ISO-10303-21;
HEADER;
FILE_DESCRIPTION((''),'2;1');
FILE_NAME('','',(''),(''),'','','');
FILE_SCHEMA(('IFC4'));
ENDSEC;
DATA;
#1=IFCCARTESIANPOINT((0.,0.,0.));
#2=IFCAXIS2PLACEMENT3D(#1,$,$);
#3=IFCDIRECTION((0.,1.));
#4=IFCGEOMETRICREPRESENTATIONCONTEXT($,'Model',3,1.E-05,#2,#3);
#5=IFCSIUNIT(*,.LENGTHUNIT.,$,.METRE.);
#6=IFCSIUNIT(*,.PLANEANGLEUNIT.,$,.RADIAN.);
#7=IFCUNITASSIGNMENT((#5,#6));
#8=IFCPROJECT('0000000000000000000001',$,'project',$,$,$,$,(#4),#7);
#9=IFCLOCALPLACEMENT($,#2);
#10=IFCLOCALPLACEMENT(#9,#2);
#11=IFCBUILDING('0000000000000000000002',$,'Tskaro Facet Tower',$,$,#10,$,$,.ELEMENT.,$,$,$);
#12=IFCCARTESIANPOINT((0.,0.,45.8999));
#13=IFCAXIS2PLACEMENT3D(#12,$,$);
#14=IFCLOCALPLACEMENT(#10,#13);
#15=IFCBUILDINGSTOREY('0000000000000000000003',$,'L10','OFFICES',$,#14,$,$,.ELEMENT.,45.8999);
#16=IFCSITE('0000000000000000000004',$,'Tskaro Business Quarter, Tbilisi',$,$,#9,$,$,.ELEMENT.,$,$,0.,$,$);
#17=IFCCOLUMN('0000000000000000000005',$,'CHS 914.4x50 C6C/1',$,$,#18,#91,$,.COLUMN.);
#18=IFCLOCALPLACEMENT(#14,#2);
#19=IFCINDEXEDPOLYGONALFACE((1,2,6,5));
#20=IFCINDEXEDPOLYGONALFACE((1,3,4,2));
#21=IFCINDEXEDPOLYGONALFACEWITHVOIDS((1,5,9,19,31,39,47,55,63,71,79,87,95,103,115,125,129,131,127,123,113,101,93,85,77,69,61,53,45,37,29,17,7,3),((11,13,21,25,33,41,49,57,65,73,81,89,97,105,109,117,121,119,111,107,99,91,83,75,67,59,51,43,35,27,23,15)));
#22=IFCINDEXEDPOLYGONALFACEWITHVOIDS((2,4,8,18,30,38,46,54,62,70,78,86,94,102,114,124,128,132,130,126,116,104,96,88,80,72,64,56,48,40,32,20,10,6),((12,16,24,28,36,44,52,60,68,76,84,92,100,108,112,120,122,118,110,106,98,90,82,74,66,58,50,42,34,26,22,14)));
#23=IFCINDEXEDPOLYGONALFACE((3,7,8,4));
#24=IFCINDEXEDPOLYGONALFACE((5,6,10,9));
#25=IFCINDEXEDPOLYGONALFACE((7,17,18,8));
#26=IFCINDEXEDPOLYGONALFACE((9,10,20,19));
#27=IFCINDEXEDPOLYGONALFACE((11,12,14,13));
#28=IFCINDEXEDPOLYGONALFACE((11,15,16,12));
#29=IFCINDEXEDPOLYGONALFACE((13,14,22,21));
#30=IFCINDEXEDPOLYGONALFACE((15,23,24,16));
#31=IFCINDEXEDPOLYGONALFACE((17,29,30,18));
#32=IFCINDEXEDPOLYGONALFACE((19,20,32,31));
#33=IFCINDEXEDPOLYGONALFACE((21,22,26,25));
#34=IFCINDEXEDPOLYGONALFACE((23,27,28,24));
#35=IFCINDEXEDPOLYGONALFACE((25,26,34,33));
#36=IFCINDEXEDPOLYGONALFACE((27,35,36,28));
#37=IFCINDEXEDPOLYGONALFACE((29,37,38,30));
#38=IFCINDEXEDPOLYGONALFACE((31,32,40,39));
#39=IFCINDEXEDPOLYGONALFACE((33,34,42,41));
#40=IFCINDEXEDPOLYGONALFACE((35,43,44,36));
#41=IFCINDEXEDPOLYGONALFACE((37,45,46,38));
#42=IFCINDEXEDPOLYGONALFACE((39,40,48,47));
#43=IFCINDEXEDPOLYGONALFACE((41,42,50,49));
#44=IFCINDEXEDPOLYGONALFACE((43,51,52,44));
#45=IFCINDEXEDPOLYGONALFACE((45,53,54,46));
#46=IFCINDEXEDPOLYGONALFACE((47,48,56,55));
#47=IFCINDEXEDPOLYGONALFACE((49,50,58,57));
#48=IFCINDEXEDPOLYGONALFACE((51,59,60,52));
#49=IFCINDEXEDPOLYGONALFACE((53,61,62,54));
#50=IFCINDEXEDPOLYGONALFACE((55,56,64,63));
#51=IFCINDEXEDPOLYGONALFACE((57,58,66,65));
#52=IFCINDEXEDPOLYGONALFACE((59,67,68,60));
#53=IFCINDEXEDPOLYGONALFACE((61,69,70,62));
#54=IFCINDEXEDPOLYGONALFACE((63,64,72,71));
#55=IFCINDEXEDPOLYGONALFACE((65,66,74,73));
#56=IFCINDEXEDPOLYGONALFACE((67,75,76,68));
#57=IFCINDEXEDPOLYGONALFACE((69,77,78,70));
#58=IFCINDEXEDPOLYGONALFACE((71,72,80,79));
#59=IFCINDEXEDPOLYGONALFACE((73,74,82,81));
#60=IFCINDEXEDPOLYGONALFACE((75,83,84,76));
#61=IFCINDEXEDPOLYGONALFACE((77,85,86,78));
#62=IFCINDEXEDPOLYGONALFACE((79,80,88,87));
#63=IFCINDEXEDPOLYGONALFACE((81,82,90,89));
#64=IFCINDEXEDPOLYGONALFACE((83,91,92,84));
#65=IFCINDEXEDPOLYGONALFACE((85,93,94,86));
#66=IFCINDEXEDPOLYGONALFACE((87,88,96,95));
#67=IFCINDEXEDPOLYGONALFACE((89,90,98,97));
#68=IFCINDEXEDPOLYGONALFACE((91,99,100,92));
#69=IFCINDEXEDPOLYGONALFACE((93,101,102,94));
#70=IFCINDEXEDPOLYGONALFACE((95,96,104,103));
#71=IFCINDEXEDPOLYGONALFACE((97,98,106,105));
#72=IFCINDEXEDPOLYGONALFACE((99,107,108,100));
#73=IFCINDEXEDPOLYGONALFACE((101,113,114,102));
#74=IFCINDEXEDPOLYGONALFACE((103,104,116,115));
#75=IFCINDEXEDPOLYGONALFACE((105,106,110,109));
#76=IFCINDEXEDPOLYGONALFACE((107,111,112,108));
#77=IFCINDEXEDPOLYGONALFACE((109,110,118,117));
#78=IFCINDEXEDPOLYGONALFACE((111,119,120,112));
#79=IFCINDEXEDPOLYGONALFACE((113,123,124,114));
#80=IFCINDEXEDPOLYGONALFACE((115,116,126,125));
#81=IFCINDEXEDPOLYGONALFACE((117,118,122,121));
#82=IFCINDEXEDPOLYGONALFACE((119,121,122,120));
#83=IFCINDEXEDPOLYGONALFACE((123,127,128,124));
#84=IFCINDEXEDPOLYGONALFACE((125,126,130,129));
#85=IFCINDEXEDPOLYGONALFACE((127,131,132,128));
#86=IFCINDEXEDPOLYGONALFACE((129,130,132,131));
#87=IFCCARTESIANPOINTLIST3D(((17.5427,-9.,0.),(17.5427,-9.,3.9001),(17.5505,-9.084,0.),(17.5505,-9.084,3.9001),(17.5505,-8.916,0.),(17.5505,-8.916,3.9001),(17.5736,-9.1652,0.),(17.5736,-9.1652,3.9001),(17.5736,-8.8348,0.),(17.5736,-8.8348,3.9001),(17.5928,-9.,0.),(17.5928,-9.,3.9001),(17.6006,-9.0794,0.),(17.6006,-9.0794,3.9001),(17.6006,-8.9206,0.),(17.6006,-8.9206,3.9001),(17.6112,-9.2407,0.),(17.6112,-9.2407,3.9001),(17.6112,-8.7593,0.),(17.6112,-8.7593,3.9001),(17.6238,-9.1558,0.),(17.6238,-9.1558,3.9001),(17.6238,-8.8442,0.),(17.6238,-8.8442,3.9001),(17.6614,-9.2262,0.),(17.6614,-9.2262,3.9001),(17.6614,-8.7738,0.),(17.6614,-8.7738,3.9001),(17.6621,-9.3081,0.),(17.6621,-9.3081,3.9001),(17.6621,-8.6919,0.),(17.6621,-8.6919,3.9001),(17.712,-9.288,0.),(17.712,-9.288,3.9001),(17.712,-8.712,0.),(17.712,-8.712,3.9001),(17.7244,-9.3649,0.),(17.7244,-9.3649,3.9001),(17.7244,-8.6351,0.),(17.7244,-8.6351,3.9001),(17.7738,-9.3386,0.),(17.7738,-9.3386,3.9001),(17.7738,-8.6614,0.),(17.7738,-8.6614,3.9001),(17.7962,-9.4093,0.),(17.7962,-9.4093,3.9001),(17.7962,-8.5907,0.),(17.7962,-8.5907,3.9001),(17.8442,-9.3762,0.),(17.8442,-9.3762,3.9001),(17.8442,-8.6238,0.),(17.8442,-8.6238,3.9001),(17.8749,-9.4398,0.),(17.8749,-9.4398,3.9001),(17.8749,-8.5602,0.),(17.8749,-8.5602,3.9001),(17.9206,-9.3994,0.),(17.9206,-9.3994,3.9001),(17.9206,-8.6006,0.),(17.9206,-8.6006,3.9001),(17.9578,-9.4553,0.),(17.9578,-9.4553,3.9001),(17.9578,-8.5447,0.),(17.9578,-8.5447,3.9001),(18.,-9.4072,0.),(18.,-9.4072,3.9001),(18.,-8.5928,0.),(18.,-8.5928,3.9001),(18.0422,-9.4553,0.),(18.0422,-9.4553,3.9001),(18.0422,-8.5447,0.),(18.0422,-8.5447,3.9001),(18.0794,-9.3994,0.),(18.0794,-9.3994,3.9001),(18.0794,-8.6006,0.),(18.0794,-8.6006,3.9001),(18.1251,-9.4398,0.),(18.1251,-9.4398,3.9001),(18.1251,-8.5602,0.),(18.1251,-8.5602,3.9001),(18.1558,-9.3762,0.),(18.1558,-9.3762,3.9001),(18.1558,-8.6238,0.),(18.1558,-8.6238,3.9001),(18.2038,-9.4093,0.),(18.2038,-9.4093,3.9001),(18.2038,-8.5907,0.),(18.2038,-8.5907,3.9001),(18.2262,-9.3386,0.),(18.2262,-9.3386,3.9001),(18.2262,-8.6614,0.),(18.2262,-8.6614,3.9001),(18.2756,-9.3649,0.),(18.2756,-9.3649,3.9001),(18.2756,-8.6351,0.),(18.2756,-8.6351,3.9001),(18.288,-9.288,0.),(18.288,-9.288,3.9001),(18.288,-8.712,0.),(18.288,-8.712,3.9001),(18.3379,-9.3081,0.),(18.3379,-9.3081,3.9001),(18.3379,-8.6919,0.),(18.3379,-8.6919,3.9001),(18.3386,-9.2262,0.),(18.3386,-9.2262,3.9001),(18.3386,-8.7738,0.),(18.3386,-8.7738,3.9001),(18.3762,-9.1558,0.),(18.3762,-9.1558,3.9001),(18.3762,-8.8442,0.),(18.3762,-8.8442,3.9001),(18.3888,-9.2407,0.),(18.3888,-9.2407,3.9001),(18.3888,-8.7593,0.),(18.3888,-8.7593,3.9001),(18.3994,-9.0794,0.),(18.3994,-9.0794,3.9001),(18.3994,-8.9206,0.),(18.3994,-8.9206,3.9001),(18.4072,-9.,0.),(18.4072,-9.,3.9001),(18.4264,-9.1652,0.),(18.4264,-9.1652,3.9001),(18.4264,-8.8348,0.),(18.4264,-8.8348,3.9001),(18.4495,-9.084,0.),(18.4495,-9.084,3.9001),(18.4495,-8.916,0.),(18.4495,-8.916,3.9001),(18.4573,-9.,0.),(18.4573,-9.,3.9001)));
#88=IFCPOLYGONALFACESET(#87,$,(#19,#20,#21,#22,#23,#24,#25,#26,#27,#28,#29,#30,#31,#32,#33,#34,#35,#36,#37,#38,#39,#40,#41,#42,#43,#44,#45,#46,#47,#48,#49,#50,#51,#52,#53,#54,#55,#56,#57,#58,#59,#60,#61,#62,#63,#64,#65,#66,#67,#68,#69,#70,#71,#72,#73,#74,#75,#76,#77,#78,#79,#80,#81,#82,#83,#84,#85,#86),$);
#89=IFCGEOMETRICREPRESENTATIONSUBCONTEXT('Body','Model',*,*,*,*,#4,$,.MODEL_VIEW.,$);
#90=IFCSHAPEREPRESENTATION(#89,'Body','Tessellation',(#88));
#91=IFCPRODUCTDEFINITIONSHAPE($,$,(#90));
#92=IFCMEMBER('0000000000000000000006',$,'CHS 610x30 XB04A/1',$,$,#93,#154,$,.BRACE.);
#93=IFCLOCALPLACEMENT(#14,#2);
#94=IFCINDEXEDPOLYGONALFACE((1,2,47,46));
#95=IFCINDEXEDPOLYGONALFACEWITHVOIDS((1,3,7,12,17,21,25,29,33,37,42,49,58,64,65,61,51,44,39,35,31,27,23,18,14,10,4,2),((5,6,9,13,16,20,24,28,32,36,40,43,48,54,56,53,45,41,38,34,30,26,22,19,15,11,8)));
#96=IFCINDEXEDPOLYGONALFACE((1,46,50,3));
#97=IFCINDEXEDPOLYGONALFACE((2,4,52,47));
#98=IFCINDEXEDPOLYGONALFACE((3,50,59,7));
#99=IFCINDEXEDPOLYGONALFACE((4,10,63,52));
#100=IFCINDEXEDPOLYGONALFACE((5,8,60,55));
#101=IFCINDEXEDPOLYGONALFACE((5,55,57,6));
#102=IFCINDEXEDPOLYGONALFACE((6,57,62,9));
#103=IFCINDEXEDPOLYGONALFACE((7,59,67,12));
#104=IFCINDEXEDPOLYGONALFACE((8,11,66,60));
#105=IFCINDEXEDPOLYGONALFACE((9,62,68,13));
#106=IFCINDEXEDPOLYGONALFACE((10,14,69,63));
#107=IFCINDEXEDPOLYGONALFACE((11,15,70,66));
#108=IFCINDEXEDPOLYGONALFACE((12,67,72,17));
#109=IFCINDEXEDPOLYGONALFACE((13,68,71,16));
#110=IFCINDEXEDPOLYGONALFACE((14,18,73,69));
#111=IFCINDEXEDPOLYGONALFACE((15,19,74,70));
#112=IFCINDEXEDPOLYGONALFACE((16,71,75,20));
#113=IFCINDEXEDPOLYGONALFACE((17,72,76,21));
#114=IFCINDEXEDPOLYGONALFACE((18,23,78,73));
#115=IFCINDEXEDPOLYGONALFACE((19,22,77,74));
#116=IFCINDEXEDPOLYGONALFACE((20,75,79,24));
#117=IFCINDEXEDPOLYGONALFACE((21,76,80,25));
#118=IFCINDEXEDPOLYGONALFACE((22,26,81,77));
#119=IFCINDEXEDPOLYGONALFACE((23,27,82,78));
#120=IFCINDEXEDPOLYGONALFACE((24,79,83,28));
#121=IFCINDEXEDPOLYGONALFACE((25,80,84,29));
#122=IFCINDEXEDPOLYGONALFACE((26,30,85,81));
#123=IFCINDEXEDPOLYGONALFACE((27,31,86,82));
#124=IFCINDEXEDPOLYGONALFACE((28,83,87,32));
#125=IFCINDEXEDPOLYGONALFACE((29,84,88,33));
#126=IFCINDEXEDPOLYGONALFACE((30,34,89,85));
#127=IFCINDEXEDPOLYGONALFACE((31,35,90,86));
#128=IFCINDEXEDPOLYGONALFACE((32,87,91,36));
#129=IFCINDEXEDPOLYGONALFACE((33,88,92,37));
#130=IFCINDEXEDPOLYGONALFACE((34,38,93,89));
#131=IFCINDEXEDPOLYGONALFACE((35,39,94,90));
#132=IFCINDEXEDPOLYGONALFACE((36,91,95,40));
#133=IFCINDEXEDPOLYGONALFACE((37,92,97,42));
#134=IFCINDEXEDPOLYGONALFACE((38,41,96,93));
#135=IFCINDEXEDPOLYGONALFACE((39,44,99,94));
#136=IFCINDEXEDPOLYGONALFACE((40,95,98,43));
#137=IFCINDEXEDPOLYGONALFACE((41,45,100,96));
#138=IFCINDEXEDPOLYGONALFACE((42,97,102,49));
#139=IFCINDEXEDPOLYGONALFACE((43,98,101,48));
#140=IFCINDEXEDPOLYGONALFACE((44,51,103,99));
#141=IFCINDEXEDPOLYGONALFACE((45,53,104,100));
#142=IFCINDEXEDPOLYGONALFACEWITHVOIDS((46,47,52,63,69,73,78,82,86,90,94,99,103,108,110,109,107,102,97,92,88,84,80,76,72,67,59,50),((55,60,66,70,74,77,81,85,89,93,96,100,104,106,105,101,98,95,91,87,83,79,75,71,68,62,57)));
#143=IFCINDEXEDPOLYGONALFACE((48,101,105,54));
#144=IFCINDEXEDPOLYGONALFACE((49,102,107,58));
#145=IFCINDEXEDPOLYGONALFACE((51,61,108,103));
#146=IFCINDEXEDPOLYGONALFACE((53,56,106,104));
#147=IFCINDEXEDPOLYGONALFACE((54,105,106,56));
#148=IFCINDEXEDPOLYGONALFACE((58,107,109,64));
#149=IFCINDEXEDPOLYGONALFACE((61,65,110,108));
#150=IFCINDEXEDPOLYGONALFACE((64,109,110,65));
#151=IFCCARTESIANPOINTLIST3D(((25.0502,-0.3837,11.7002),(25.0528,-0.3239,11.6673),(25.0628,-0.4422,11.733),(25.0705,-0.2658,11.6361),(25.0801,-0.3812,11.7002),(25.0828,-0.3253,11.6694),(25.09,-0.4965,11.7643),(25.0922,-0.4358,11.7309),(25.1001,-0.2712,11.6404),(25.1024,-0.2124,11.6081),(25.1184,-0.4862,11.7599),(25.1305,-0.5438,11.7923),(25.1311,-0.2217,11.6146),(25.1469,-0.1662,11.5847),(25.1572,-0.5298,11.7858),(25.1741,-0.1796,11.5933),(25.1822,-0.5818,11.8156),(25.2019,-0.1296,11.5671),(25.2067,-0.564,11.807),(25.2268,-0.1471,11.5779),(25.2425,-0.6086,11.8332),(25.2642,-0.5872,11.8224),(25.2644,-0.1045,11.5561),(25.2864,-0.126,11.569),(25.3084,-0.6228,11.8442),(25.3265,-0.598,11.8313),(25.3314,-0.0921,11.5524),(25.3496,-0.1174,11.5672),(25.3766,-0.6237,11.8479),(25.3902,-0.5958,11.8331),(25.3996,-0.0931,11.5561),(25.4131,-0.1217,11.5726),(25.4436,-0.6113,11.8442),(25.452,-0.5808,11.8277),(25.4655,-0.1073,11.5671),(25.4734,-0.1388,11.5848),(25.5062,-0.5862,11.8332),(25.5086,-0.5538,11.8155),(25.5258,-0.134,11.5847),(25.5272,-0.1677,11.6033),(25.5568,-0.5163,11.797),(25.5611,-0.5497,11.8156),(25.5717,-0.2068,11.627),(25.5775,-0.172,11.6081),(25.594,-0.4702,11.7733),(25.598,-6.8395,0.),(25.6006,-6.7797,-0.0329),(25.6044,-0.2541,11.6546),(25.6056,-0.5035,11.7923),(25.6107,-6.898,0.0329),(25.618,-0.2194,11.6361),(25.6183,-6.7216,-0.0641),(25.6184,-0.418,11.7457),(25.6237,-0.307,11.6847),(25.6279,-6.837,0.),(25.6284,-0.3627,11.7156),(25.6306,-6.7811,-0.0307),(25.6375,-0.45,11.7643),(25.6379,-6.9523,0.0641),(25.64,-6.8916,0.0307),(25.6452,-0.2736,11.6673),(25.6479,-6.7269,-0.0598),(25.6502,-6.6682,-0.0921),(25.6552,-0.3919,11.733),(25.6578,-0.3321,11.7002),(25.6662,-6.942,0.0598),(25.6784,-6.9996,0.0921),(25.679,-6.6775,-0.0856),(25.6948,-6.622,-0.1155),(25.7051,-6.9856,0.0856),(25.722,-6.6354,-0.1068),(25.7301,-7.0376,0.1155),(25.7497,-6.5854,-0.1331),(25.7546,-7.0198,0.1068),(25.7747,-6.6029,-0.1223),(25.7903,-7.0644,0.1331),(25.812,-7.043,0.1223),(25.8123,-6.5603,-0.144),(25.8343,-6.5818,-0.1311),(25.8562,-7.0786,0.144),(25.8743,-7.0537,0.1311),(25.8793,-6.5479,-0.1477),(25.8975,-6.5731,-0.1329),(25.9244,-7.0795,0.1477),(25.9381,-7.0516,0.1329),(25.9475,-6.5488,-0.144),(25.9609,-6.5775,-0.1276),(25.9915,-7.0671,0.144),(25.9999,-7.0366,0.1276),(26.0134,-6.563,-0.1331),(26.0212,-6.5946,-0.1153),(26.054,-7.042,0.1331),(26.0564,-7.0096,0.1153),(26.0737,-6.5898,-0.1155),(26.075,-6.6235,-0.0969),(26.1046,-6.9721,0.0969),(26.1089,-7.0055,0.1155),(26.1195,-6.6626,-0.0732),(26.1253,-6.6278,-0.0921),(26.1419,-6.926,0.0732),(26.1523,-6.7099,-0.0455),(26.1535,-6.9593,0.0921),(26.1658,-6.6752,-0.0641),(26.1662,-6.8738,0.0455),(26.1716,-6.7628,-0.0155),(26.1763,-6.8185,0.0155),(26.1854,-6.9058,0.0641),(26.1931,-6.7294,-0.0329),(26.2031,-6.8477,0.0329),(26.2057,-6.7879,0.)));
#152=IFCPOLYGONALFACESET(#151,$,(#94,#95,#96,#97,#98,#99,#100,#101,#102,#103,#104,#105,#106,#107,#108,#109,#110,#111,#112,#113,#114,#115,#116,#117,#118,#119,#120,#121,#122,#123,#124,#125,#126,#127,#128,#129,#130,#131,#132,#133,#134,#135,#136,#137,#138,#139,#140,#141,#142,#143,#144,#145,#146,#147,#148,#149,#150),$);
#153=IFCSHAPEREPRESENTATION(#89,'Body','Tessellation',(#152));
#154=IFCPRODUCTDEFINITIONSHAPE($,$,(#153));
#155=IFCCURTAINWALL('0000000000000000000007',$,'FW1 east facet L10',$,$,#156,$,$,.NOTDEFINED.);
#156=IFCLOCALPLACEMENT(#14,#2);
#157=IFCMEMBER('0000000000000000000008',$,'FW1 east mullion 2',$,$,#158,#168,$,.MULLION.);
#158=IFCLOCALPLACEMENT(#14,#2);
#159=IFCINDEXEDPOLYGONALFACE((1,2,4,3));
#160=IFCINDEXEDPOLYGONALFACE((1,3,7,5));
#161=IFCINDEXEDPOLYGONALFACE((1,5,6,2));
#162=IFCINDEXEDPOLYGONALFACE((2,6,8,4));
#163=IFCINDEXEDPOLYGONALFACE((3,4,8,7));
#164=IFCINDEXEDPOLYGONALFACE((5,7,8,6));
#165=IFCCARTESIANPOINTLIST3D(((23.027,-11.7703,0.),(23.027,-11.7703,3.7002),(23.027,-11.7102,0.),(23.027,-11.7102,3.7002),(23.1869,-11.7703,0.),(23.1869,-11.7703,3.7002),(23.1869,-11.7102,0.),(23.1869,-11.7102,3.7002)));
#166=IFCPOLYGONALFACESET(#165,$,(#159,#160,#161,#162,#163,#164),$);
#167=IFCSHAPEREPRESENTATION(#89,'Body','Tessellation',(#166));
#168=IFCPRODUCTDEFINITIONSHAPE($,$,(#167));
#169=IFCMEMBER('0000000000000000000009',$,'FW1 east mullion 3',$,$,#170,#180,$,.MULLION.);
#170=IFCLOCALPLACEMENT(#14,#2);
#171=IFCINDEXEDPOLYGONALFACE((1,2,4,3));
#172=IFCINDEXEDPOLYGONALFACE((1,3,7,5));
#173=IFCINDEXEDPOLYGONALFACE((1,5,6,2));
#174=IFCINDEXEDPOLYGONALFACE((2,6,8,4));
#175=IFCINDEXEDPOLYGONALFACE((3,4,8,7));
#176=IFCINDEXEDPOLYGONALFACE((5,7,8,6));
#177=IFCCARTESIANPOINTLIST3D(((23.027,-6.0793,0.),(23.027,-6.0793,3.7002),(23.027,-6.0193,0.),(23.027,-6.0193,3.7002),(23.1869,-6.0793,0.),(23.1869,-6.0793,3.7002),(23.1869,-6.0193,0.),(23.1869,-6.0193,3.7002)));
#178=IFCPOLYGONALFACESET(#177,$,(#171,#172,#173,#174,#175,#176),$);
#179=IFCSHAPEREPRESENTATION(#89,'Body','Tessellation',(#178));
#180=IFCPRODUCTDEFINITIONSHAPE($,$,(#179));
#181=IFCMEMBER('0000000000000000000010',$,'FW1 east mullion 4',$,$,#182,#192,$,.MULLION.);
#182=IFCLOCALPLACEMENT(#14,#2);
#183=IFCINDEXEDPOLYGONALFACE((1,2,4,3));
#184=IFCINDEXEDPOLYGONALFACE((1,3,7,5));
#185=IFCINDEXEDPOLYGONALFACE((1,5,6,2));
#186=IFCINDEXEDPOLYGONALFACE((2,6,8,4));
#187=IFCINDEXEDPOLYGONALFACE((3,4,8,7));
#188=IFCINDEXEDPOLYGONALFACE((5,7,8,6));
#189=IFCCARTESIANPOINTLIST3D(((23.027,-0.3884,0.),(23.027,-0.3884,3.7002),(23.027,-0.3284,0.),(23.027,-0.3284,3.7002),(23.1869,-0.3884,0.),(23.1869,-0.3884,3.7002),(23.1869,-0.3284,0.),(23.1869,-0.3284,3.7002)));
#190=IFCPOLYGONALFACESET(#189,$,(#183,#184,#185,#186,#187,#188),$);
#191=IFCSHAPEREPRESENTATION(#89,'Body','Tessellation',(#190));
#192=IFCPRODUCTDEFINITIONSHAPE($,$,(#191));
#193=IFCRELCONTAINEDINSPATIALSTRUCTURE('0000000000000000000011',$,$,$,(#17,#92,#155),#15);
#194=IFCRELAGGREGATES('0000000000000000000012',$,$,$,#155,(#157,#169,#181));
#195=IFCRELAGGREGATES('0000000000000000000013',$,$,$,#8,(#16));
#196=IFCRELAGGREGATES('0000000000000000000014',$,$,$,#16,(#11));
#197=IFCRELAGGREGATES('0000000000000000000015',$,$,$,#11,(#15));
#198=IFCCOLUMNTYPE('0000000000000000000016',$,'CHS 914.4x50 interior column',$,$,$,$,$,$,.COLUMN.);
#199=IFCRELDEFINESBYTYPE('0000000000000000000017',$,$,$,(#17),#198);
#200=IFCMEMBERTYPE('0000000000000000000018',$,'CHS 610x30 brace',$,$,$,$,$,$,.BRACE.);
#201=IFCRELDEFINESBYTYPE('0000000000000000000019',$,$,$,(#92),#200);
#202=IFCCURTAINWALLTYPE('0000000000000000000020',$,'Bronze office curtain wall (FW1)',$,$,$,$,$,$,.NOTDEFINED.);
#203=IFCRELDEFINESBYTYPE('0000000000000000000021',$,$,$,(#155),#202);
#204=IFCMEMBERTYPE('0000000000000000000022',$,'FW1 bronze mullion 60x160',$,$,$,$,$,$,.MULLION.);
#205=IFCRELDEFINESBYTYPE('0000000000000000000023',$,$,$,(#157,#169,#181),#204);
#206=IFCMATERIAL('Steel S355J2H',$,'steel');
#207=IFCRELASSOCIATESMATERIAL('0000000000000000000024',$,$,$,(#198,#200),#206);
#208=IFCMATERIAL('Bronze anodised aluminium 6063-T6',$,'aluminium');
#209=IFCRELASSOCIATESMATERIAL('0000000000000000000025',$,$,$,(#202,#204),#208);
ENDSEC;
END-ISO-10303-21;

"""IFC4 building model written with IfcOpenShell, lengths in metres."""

from ifc_helpers import new_model, si_unit, direction, frame, origin, origin_2d, place, context, subcontext, project, spatial, rectangle, hollow_circle, extrude, material, material_profile, profile_set, type_object, element, aggregate, save


model = new_model("IFC4")

# Units and contexts
model_context = context("Model", 3, precision=1e-05, world=origin(), true_north=direction((0.0, 1.0)))
body_context = subcontext(model_context, "Body", "Model", "MODEL_VIEW")
ifc_project = project(units=[si_unit("LENGTHUNIT", "METRE"), si_unit("PLANEANGLEUNIT", "RADIAN")], contexts=[model_context])

# Site, building, storey
site_placement = place(None, origin())
site = spatial("IfcSite", under=ifc_project, at=site_placement, Name="Tskaro Business Quarter, Tbilisi", CompositionType="ELEMENT", RefElevation=0.0)
building_placement = place(site_placement, origin())
building = spatial("IfcBuilding", under=site, at=building_placement, Name="Tskaro Facet Tower", CompositionType="ELEMENT")
storey_placement = place(building_placement, frame((0.0, 0.0, 45.8999)))
storey = spatial("IfcBuildingStorey", under=building, at=storey_placement, Name="L10", Description="OFFICES", CompositionType="ELEMENT", Elevation=45.8999)

# Column
ifc_material_1 = material(Name="Steel S355J2H", Category="steel")
ifc_material_profile_1 = material_profile(ifc_material_1, hollow_circle(Radius=0.4573, WallThickness=0.05, at=origin_2d()), Name="CHS 914.4x50")
ifc_profile_set_1 = profile_set([ifc_material_profile_1], Name="Steel S355J2H")
column_type_1 = type_object("IfcColumnType", Name="CHS 914.4x50 interior column", PredefinedType="COLUMN", material=ifc_profile_set_1)
column_1_placement = place(storey_placement, frame((18.0, -9.0, 0.0), z_axis=(0.0, 0.0, 1.0), x_axis=(1.0, 0.0, 0.0)))
element("IfcColumn", 1, at=column_1_placement, inside=storey, type_object=column_type_1, Name="CHS 914.4x50 C6C/1", PredefinedType="COLUMN", context=body_context, shape_type="SweptSolid", body=[
    extrude(hollow_circle(Radius=0.4573, WallThickness=0.05, at=origin_2d()), origin(), (0.0, 0.0, 1.0), 3.9001),
])

# Member
ifc_material_profile_2 = material_profile(ifc_material_1, hollow_circle(Radius=0.3049, WallThickness=0.03, at=origin_2d()), Name="CHS 610x30")
ifc_profile_set_2 = profile_set([ifc_material_profile_2], Name="Steel S355J2H")
member_type_1 = type_object("IfcMemberType", Name="CHS 610x30 brace", PredefinedType="BRACE", material=ifc_profile_set_2)
member_1_placement = place(storey_placement, frame((25.9019, -6.8137, 0.0), z_axis=(-0.040963, 0.482702, 0.874826), x_axis=(-0.996419, -0.084558, 0.0)))
element("IfcMember", 2, at=member_1_placement, inside=storey, type_object=member_type_1, Name="CHS 610x30 XB04A/1", PredefinedType="BRACE", context=body_context, shape_type="SweptSolid", body=[
    extrude(hollow_circle(Radius=0.3049, WallThickness=0.03, at=origin_2d()), origin(), (0.0, 0.0, 1.0), 13.3743),
])

# Curtain wall, members
ifc_material_2 = material(Name="Bronze anodised aluminium 6063-T6", Category="aluminium")
curtain_wall_type = type_object("IfcCurtainWallType", Name="Bronze office curtain wall (FW1)", PredefinedType="NOTDEFINED", material=ifc_material_2)
curtain_wall_placement = place(storey_placement, origin())
curtain_wall = element("IfcCurtainWall", 3, at=curtain_wall_placement, inside=storey, type_object=curtain_wall_type, Name="FW1 east facet L10", PredefinedType="NOTDEFINED")
ifc_material_profile_3 = material_profile(ifc_material_2, rectangle(XDim=0.0601, YDim=0.1599, at=origin_2d()), Name="Mullion 60x160")
ifc_profile_set_3 = profile_set([ifc_material_profile_3], Name="Bronze anodised aluminium 6063-T6")
member_type_2 = type_object("IfcMemberType", Name="FW1 bronze mullion 60x160", PredefinedType="MULLION", material=ifc_profile_set_3)
member_2_placement = place(storey_placement, frame((23.1069, -11.7402, 0.0), z_axis=(0.0, 0.0, 1.0), x_axis=(0.0, 1.0, 0.0)))
member_2 = element("IfcMember", 4, at=member_2_placement, type_object=member_type_2, Name="FW1 east mullion 2", PredefinedType="MULLION", context=body_context, shape_type="SweptSolid", body=[
    extrude(rectangle(XDim=0.0601, YDim=0.1599, at=origin_2d()), origin(), (0.0, 0.0, 1.0), 3.7002),
])
member_3_placement = place(storey_placement, frame((23.1069, -6.0493, 0.0), z_axis=(0.0, 0.0, 1.0), x_axis=(0.0, 1.0, 0.0)))
member_3 = element("IfcMember", 5, at=member_3_placement, type_object=member_type_2, Name="FW1 east mullion 3", PredefinedType="MULLION", context=body_context, shape_type="SweptSolid", body=[
    extrude(rectangle(XDim=0.0601, YDim=0.1599, at=origin_2d()), origin(), (0.0, 0.0, 1.0), 3.7002),
])
member_4_placement = place(storey_placement, frame((23.1069, -0.3584, 0.0), z_axis=(0.0, 0.0, 1.0), x_axis=(0.0, 1.0, 0.0)))
member_4 = element("IfcMember", 6, at=member_4_placement, type_object=member_type_2, Name="FW1 east mullion 4", PredefinedType="MULLION", context=body_context, shape_type="SweptSolid", body=[
    extrude(rectangle(XDim=0.0601, YDim=0.1599, at=origin_2d()), origin(), (0.0, 0.0, 1.0), 3.7002),
])

aggregate(curtain_wall, [member_2, member_3, member_4])

save(model, "model.ifc")
